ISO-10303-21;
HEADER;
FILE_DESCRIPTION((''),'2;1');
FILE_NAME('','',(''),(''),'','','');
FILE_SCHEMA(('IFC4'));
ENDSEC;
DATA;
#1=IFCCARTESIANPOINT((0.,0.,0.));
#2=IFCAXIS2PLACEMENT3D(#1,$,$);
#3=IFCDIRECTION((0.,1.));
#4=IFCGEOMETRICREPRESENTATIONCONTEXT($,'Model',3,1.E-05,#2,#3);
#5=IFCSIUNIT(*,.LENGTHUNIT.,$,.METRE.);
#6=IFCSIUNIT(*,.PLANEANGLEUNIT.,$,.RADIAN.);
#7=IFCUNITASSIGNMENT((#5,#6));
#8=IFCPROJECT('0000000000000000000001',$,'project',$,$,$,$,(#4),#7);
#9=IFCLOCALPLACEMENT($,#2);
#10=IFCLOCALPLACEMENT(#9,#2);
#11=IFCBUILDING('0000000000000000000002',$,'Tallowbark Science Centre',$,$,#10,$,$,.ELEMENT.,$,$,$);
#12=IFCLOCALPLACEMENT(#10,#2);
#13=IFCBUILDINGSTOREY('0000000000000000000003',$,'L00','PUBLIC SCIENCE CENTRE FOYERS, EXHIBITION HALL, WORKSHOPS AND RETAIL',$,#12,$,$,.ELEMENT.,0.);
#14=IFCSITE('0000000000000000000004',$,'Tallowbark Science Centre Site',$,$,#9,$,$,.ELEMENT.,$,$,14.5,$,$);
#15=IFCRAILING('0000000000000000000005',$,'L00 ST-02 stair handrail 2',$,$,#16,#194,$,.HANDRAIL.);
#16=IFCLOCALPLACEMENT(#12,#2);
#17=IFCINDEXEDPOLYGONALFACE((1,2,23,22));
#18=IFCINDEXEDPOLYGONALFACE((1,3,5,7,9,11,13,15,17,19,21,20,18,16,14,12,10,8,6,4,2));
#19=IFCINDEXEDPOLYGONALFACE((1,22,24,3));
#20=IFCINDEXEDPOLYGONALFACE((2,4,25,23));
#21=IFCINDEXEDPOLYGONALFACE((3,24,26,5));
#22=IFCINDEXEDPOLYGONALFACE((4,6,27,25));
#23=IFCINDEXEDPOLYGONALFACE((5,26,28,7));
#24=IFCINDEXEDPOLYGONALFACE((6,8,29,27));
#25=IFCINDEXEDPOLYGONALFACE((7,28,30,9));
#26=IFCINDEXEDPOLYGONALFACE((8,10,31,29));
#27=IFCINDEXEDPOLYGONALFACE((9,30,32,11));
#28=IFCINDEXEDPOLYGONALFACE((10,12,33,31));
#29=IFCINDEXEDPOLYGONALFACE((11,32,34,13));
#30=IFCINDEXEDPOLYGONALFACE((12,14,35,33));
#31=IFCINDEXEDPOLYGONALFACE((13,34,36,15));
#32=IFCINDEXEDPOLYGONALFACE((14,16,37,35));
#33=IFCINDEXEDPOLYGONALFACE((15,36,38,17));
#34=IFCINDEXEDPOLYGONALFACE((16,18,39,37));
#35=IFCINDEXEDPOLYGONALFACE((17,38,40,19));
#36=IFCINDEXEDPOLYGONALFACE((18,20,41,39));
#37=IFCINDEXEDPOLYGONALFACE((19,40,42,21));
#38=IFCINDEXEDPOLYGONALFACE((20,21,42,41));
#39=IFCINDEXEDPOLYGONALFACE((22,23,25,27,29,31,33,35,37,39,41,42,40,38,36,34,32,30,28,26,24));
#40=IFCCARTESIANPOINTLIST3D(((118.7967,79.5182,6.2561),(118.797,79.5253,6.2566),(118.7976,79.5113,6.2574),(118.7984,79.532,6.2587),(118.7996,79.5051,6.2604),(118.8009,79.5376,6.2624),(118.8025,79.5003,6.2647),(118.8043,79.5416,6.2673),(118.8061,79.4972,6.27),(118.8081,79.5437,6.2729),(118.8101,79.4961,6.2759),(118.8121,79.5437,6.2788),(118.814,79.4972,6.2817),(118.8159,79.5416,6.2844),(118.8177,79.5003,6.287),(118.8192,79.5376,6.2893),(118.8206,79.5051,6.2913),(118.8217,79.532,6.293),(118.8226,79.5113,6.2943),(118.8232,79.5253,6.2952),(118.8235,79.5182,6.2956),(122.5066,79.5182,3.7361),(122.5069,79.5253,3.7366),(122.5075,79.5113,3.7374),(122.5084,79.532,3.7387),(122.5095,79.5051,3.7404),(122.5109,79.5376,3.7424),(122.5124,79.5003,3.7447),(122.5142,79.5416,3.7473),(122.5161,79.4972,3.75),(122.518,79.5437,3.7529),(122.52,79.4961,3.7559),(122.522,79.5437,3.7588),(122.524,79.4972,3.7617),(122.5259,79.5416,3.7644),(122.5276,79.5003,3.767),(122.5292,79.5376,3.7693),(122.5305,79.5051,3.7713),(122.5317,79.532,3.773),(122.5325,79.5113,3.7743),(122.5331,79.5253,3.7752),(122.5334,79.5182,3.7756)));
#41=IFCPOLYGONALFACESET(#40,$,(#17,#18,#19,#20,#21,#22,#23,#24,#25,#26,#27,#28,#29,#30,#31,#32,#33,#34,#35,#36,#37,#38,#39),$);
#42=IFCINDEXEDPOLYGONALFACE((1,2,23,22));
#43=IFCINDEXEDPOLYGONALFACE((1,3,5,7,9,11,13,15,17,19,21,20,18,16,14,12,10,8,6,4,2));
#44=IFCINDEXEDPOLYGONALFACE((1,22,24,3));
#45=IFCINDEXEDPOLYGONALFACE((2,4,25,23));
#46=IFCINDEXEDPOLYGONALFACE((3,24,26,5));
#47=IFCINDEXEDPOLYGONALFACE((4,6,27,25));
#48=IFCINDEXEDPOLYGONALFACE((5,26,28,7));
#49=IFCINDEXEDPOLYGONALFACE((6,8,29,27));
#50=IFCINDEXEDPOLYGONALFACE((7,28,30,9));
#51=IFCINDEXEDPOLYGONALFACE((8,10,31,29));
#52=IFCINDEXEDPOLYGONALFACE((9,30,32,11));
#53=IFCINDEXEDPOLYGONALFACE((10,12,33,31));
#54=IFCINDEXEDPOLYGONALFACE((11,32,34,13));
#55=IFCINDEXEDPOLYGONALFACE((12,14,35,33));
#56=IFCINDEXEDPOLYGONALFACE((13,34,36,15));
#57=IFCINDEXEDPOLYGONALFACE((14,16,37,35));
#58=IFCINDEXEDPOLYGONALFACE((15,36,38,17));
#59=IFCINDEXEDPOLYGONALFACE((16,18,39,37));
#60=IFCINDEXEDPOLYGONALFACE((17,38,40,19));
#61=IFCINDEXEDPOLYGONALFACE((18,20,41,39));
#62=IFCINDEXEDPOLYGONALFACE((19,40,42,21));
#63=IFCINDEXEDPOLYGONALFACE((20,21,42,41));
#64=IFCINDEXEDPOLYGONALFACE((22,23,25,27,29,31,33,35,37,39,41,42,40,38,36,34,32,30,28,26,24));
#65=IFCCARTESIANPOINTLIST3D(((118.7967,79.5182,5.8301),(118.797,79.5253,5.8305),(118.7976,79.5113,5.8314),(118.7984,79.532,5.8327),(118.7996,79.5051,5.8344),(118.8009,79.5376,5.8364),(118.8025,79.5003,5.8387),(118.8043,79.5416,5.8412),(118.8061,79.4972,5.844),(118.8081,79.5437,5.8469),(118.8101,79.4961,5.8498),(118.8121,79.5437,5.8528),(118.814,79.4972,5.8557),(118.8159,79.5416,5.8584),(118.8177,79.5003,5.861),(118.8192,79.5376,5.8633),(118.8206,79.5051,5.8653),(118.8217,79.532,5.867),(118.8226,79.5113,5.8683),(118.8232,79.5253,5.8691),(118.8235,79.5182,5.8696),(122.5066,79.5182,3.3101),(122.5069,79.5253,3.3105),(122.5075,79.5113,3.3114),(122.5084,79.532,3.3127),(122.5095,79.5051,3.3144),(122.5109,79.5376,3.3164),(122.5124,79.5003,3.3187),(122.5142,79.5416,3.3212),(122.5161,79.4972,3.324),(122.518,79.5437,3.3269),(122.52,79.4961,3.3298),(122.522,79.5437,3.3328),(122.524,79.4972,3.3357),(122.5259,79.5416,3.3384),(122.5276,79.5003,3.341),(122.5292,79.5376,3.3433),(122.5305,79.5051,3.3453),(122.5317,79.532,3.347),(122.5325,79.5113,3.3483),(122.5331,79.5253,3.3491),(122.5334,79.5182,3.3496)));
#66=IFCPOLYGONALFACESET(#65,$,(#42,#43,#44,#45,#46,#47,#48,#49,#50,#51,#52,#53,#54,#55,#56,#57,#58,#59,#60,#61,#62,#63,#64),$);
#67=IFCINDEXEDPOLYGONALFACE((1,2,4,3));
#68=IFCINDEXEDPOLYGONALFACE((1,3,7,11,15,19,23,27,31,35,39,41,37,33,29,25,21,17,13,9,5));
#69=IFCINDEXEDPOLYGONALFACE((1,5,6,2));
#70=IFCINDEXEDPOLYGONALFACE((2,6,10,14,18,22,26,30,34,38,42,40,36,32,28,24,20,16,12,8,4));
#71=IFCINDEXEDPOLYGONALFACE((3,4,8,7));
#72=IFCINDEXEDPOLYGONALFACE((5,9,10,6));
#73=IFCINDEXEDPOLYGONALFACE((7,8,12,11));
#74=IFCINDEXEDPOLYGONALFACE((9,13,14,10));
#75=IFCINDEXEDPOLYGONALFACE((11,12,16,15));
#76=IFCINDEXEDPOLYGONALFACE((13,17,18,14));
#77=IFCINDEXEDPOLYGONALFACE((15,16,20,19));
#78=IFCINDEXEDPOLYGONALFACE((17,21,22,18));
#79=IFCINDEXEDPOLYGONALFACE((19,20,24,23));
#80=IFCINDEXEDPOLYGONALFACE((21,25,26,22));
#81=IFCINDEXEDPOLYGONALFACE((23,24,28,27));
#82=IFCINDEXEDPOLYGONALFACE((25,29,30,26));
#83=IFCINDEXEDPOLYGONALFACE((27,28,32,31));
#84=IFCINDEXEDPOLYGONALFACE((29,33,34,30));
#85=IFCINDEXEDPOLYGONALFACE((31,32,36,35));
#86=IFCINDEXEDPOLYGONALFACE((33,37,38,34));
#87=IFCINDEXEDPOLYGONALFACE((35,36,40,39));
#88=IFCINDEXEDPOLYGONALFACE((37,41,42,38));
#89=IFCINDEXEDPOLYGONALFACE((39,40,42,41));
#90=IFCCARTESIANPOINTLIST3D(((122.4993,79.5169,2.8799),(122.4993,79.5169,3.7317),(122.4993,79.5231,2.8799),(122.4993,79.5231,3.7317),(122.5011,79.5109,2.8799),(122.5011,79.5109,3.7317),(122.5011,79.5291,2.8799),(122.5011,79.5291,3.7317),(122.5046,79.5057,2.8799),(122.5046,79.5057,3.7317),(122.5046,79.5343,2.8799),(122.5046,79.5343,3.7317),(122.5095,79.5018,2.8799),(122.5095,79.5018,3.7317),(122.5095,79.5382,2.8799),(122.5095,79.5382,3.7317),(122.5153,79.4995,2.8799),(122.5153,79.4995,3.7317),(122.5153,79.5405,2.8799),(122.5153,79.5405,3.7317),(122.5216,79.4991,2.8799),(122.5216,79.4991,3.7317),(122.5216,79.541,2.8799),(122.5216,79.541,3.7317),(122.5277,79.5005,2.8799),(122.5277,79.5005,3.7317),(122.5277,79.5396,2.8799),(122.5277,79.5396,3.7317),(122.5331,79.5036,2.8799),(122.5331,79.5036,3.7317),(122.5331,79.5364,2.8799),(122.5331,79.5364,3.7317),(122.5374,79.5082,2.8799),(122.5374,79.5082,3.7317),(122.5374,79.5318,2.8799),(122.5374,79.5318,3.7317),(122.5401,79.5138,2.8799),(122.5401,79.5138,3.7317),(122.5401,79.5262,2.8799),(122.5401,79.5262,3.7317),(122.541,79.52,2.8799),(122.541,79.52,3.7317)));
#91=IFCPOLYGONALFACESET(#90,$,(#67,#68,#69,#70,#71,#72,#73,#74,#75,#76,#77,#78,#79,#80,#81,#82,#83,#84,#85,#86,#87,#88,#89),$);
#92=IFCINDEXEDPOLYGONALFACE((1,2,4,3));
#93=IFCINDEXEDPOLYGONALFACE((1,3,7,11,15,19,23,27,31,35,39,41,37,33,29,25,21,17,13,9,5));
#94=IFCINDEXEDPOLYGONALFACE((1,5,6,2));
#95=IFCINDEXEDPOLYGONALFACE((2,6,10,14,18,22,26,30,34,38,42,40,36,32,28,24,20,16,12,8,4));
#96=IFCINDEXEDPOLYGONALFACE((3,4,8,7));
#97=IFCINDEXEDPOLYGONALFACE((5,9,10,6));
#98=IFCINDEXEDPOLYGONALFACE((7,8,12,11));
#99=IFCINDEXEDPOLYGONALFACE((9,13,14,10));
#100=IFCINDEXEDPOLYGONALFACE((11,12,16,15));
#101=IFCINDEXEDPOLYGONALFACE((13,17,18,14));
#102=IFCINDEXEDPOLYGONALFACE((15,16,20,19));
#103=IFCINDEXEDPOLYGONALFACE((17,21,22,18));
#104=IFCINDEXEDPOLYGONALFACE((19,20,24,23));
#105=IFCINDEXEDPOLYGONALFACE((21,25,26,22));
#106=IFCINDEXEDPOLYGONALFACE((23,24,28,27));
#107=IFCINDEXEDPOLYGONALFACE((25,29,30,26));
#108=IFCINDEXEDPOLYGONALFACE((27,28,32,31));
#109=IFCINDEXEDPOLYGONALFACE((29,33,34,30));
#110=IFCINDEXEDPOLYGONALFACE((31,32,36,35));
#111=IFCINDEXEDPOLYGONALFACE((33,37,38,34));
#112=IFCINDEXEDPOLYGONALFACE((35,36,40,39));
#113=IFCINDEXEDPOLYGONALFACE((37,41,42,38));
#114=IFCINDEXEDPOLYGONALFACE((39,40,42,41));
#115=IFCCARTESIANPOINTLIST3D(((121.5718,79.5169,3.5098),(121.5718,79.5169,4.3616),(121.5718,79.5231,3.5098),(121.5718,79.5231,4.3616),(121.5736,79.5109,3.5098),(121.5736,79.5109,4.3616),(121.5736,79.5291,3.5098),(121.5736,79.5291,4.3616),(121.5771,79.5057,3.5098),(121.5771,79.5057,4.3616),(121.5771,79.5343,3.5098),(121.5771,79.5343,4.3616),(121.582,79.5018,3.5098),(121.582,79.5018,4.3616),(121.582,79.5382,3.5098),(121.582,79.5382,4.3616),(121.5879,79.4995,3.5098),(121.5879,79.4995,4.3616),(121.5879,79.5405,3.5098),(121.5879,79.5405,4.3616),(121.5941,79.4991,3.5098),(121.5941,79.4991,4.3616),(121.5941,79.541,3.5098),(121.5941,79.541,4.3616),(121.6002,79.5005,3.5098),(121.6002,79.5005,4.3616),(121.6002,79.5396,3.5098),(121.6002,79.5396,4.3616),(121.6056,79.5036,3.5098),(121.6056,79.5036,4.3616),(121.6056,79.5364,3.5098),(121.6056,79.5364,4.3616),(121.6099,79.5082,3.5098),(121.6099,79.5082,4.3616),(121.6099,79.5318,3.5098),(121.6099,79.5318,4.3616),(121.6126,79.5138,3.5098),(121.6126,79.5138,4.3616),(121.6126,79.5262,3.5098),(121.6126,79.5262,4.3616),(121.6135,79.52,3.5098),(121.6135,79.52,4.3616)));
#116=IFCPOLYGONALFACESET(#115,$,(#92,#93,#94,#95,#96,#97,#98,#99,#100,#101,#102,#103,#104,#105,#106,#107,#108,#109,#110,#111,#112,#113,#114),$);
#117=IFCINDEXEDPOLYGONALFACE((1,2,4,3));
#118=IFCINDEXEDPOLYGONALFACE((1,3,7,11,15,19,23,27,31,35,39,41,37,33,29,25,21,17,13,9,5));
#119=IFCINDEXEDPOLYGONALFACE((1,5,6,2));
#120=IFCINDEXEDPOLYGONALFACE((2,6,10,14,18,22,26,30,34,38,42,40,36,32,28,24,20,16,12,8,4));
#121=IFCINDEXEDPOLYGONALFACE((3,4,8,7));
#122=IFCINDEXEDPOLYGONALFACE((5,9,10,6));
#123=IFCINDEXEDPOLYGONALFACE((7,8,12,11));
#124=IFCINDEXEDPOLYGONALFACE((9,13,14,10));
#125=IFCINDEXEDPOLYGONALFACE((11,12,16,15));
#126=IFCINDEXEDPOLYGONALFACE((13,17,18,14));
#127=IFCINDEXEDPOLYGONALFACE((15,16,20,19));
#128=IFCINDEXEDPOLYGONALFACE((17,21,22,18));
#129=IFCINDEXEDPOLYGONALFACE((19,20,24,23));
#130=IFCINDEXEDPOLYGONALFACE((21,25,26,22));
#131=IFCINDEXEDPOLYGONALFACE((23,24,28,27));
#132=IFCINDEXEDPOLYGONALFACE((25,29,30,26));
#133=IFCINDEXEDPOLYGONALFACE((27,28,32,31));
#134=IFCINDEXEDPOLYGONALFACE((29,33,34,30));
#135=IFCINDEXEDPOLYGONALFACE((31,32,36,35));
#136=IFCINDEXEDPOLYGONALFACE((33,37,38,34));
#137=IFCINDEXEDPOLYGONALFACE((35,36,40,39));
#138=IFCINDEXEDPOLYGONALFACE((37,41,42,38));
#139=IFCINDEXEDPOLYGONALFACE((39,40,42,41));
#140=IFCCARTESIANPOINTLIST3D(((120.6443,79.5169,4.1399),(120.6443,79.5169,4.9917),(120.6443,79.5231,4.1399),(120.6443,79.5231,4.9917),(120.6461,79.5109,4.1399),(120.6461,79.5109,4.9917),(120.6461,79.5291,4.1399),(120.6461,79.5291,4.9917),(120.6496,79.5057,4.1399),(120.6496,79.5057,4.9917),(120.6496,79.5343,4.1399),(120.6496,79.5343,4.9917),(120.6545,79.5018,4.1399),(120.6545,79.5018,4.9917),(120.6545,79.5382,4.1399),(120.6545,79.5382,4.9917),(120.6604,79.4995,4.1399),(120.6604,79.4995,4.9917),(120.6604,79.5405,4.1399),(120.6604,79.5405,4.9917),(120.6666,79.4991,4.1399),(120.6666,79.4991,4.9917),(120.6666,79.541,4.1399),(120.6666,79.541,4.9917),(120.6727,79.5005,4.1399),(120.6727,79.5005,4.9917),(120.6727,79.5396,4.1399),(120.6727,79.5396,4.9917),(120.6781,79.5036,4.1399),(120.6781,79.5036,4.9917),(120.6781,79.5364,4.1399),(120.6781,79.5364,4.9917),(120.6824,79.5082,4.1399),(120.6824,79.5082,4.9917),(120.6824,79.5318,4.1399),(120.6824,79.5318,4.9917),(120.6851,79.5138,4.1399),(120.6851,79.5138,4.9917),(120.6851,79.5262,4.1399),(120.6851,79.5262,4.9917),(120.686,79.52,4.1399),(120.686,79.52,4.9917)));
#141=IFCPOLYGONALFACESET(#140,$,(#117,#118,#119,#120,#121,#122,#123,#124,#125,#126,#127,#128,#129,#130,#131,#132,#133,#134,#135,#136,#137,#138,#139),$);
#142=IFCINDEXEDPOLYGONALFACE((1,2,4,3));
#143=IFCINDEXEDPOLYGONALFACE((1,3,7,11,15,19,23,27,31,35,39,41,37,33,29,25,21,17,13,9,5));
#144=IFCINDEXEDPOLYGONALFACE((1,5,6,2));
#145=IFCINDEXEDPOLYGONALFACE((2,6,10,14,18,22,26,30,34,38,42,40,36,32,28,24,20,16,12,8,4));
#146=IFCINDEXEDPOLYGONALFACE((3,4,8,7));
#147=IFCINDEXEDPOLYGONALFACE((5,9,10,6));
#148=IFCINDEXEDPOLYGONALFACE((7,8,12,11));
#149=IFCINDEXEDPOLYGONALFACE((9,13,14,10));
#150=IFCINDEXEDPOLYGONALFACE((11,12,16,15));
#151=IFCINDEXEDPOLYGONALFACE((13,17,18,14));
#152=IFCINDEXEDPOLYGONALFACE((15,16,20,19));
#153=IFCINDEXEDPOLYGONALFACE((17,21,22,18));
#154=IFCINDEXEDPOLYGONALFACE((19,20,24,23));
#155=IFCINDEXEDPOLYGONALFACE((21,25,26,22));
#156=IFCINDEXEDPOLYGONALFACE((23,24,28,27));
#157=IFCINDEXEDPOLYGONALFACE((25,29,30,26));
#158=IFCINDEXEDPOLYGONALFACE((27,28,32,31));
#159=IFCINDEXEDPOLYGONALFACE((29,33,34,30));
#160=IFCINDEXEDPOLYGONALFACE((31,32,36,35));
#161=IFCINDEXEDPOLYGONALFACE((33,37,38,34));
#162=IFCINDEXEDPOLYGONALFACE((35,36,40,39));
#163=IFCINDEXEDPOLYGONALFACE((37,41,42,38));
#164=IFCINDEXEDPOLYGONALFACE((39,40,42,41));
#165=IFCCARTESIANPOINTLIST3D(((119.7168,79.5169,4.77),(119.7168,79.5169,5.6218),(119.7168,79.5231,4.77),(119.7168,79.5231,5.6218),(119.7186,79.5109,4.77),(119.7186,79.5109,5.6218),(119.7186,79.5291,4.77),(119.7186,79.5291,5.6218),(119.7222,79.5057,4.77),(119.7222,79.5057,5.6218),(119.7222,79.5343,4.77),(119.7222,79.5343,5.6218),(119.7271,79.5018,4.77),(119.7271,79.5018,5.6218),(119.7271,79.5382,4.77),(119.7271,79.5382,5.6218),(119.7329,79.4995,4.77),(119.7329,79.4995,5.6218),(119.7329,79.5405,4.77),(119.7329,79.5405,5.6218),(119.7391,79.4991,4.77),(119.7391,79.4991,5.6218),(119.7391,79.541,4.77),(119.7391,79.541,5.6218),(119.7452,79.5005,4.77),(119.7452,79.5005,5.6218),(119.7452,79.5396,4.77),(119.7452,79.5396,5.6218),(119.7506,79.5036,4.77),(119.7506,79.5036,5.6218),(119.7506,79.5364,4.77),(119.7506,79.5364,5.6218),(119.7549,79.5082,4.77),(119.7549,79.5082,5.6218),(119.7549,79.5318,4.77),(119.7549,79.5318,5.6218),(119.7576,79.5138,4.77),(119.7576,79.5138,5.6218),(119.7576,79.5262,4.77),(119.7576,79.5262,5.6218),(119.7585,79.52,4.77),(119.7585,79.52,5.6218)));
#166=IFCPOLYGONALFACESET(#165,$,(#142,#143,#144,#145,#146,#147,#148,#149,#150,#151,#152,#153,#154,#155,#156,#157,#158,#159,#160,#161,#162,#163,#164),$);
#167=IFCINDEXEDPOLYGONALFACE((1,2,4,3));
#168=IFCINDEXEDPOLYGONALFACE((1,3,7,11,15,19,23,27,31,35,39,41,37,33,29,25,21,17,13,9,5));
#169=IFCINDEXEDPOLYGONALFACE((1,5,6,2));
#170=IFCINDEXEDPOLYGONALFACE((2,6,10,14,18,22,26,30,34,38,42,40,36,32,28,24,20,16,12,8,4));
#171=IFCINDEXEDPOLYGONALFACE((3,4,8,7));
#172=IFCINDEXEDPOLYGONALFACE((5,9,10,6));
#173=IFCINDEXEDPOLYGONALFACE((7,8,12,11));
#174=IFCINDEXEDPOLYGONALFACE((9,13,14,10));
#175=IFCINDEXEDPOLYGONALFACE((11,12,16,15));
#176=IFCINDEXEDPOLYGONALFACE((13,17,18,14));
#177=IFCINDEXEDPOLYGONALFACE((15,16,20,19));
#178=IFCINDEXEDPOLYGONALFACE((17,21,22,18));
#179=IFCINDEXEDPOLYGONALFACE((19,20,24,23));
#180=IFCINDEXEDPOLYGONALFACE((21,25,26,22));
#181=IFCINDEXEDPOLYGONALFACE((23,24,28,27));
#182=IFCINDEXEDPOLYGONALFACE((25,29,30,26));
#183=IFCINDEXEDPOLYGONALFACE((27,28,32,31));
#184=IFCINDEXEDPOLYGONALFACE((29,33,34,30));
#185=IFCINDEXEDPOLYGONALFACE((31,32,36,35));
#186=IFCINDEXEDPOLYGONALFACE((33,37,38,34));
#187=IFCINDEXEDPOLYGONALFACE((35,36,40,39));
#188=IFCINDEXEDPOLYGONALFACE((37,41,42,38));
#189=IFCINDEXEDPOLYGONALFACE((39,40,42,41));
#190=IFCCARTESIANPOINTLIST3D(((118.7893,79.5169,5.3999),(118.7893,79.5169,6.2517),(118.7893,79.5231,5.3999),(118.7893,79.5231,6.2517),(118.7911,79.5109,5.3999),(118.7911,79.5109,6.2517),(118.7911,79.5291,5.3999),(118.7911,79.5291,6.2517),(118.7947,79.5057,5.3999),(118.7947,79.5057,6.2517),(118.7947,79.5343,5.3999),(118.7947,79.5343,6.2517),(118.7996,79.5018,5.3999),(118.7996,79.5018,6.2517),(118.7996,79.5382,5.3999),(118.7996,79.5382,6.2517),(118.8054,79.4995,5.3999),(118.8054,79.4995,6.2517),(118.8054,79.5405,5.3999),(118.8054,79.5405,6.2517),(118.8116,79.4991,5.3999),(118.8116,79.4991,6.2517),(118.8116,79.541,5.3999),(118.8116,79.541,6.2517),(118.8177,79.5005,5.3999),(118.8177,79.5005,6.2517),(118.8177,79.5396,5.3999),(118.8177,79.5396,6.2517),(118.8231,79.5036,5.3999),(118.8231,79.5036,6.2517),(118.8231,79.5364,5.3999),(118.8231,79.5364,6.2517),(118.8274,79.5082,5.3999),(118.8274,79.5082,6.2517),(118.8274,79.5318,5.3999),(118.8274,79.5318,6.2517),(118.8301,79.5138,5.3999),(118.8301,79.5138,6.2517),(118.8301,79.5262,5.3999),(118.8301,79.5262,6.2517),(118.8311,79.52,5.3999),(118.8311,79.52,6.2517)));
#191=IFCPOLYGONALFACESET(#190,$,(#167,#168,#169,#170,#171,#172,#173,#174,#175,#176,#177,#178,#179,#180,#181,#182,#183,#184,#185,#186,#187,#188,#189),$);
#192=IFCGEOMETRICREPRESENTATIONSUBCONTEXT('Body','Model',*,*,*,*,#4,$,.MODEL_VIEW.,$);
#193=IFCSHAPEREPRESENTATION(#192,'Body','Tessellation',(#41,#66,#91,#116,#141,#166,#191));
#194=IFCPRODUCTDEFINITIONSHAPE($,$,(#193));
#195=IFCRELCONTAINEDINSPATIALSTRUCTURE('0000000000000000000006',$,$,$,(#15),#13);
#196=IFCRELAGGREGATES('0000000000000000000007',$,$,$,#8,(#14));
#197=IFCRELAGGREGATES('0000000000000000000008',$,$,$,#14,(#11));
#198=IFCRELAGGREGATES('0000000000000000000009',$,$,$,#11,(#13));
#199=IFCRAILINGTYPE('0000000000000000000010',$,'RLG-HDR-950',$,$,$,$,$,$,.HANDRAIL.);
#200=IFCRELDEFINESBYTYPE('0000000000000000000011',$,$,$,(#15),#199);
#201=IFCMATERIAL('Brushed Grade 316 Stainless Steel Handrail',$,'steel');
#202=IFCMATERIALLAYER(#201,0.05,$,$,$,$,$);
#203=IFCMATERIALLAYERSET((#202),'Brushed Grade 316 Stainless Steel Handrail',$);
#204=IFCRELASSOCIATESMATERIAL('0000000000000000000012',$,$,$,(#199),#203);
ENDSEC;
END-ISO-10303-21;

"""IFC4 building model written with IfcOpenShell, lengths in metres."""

from ifc_helpers import new_model, si_unit, direction, frame, origin, origin_2d, place, context, subcontext, project, spatial, circle, extrude, material, layer, layer_set, type_object, element, save


model = new_model("IFC4")

# Units and contexts
model_context = context("Model", 3, precision=1e-05, world=origin(), true_north=direction((0.0, 1.0)))
body_context = subcontext(model_context, "Body", "Model", "MODEL_VIEW")
ifc_project = project(units=[si_unit("LENGTHUNIT", "METRE"), si_unit("PLANEANGLEUNIT", "RADIAN")], contexts=[model_context])

# Site, building, storey
site_placement = place(None, origin())
site = spatial("IfcSite", under=ifc_project, at=site_placement, Name="Tallowbark Science Centre Site", CompositionType="ELEMENT", RefElevation=14.5)
building_placement = place(site_placement, origin())
building = spatial("IfcBuilding", under=site, at=building_placement, Name="Tallowbark Science Centre", CompositionType="ELEMENT")
storey_placement = place(building_placement, origin())
storey = spatial("IfcBuildingStorey", under=building, at=storey_placement, Name="L00", Description="PUBLIC SCIENCE CENTRE FOYERS, EXHIBITION HALL, WORKSHOPS AND RETAIL", CompositionType="ELEMENT", Elevation=0.0)

# Railing
ifc_material_1 = material(Name="Brushed Grade 316 Stainless Steel Handrail", Category="steel")
ifc_layer_1 = layer(ifc_material_1, 0.05)
ifc_layer_set_1 = layer_set([ifc_layer_1], Name="Brushed Grade 316 Stainless Steel Handrail")
railing_type_1 = type_object("IfcRailingType", Name="RLG-HDR-950", PredefinedType="HANDRAIL", material=ifc_layer_set_1)
railing_1_placement = place(storey_placement, frame((122.52, 79.52, 2.8799)))
element("IfcRailing", 1, at=railing_1_placement, inside=storey, type_object=railing_type_1, Name="L00 ST-02 stair handrail 2", PredefinedType="HANDRAIL", context=body_context, shape_type="SweptSolid", body=[
    extrude(circle(Radius=0.0239, at=origin_2d()), frame((0.0, 0.0, 0.876), z_axis=(-0.827212, 0.0, 0.56189), x_axis=(0.0, -1.0, 0.0)), (0.0, 0.0, 1.0), 4.4849),
    extrude(circle(Radius=0.0239, at=origin_2d()), frame((0.0, 0.0, 0.45), z_axis=(-0.827212, 0.0, 0.56189), x_axis=(0.0, -1.0, 0.0)), (0.0, 0.0, 1.0), 4.4849),
    extrude(circle(Radius=0.021, at=origin_2d()), origin(), (0.0, 0.0, 1.0), 0.8518),
    extrude(circle(Radius=0.021, at=origin_2d()), frame((-0.9275, 0.0, 0.6299)), (0.0, 0.0, 1.0), 0.8518),
    extrude(circle(Radius=0.021, at=origin_2d()), frame((-1.855, 0.0, 1.26)), (0.0, 0.0, 1.0), 0.8518),
    extrude(circle(Radius=0.021, at=origin_2d()), frame((-2.7825, 0.0, 1.8901)), (0.0, 0.0, 1.0), 0.8518),
    extrude(circle(Radius=0.021, at=origin_2d()), frame((-3.71, 0.0, 2.52)), (0.0, 0.0, 1.0), 0.8518),
])

save(model, "model.ifc")
